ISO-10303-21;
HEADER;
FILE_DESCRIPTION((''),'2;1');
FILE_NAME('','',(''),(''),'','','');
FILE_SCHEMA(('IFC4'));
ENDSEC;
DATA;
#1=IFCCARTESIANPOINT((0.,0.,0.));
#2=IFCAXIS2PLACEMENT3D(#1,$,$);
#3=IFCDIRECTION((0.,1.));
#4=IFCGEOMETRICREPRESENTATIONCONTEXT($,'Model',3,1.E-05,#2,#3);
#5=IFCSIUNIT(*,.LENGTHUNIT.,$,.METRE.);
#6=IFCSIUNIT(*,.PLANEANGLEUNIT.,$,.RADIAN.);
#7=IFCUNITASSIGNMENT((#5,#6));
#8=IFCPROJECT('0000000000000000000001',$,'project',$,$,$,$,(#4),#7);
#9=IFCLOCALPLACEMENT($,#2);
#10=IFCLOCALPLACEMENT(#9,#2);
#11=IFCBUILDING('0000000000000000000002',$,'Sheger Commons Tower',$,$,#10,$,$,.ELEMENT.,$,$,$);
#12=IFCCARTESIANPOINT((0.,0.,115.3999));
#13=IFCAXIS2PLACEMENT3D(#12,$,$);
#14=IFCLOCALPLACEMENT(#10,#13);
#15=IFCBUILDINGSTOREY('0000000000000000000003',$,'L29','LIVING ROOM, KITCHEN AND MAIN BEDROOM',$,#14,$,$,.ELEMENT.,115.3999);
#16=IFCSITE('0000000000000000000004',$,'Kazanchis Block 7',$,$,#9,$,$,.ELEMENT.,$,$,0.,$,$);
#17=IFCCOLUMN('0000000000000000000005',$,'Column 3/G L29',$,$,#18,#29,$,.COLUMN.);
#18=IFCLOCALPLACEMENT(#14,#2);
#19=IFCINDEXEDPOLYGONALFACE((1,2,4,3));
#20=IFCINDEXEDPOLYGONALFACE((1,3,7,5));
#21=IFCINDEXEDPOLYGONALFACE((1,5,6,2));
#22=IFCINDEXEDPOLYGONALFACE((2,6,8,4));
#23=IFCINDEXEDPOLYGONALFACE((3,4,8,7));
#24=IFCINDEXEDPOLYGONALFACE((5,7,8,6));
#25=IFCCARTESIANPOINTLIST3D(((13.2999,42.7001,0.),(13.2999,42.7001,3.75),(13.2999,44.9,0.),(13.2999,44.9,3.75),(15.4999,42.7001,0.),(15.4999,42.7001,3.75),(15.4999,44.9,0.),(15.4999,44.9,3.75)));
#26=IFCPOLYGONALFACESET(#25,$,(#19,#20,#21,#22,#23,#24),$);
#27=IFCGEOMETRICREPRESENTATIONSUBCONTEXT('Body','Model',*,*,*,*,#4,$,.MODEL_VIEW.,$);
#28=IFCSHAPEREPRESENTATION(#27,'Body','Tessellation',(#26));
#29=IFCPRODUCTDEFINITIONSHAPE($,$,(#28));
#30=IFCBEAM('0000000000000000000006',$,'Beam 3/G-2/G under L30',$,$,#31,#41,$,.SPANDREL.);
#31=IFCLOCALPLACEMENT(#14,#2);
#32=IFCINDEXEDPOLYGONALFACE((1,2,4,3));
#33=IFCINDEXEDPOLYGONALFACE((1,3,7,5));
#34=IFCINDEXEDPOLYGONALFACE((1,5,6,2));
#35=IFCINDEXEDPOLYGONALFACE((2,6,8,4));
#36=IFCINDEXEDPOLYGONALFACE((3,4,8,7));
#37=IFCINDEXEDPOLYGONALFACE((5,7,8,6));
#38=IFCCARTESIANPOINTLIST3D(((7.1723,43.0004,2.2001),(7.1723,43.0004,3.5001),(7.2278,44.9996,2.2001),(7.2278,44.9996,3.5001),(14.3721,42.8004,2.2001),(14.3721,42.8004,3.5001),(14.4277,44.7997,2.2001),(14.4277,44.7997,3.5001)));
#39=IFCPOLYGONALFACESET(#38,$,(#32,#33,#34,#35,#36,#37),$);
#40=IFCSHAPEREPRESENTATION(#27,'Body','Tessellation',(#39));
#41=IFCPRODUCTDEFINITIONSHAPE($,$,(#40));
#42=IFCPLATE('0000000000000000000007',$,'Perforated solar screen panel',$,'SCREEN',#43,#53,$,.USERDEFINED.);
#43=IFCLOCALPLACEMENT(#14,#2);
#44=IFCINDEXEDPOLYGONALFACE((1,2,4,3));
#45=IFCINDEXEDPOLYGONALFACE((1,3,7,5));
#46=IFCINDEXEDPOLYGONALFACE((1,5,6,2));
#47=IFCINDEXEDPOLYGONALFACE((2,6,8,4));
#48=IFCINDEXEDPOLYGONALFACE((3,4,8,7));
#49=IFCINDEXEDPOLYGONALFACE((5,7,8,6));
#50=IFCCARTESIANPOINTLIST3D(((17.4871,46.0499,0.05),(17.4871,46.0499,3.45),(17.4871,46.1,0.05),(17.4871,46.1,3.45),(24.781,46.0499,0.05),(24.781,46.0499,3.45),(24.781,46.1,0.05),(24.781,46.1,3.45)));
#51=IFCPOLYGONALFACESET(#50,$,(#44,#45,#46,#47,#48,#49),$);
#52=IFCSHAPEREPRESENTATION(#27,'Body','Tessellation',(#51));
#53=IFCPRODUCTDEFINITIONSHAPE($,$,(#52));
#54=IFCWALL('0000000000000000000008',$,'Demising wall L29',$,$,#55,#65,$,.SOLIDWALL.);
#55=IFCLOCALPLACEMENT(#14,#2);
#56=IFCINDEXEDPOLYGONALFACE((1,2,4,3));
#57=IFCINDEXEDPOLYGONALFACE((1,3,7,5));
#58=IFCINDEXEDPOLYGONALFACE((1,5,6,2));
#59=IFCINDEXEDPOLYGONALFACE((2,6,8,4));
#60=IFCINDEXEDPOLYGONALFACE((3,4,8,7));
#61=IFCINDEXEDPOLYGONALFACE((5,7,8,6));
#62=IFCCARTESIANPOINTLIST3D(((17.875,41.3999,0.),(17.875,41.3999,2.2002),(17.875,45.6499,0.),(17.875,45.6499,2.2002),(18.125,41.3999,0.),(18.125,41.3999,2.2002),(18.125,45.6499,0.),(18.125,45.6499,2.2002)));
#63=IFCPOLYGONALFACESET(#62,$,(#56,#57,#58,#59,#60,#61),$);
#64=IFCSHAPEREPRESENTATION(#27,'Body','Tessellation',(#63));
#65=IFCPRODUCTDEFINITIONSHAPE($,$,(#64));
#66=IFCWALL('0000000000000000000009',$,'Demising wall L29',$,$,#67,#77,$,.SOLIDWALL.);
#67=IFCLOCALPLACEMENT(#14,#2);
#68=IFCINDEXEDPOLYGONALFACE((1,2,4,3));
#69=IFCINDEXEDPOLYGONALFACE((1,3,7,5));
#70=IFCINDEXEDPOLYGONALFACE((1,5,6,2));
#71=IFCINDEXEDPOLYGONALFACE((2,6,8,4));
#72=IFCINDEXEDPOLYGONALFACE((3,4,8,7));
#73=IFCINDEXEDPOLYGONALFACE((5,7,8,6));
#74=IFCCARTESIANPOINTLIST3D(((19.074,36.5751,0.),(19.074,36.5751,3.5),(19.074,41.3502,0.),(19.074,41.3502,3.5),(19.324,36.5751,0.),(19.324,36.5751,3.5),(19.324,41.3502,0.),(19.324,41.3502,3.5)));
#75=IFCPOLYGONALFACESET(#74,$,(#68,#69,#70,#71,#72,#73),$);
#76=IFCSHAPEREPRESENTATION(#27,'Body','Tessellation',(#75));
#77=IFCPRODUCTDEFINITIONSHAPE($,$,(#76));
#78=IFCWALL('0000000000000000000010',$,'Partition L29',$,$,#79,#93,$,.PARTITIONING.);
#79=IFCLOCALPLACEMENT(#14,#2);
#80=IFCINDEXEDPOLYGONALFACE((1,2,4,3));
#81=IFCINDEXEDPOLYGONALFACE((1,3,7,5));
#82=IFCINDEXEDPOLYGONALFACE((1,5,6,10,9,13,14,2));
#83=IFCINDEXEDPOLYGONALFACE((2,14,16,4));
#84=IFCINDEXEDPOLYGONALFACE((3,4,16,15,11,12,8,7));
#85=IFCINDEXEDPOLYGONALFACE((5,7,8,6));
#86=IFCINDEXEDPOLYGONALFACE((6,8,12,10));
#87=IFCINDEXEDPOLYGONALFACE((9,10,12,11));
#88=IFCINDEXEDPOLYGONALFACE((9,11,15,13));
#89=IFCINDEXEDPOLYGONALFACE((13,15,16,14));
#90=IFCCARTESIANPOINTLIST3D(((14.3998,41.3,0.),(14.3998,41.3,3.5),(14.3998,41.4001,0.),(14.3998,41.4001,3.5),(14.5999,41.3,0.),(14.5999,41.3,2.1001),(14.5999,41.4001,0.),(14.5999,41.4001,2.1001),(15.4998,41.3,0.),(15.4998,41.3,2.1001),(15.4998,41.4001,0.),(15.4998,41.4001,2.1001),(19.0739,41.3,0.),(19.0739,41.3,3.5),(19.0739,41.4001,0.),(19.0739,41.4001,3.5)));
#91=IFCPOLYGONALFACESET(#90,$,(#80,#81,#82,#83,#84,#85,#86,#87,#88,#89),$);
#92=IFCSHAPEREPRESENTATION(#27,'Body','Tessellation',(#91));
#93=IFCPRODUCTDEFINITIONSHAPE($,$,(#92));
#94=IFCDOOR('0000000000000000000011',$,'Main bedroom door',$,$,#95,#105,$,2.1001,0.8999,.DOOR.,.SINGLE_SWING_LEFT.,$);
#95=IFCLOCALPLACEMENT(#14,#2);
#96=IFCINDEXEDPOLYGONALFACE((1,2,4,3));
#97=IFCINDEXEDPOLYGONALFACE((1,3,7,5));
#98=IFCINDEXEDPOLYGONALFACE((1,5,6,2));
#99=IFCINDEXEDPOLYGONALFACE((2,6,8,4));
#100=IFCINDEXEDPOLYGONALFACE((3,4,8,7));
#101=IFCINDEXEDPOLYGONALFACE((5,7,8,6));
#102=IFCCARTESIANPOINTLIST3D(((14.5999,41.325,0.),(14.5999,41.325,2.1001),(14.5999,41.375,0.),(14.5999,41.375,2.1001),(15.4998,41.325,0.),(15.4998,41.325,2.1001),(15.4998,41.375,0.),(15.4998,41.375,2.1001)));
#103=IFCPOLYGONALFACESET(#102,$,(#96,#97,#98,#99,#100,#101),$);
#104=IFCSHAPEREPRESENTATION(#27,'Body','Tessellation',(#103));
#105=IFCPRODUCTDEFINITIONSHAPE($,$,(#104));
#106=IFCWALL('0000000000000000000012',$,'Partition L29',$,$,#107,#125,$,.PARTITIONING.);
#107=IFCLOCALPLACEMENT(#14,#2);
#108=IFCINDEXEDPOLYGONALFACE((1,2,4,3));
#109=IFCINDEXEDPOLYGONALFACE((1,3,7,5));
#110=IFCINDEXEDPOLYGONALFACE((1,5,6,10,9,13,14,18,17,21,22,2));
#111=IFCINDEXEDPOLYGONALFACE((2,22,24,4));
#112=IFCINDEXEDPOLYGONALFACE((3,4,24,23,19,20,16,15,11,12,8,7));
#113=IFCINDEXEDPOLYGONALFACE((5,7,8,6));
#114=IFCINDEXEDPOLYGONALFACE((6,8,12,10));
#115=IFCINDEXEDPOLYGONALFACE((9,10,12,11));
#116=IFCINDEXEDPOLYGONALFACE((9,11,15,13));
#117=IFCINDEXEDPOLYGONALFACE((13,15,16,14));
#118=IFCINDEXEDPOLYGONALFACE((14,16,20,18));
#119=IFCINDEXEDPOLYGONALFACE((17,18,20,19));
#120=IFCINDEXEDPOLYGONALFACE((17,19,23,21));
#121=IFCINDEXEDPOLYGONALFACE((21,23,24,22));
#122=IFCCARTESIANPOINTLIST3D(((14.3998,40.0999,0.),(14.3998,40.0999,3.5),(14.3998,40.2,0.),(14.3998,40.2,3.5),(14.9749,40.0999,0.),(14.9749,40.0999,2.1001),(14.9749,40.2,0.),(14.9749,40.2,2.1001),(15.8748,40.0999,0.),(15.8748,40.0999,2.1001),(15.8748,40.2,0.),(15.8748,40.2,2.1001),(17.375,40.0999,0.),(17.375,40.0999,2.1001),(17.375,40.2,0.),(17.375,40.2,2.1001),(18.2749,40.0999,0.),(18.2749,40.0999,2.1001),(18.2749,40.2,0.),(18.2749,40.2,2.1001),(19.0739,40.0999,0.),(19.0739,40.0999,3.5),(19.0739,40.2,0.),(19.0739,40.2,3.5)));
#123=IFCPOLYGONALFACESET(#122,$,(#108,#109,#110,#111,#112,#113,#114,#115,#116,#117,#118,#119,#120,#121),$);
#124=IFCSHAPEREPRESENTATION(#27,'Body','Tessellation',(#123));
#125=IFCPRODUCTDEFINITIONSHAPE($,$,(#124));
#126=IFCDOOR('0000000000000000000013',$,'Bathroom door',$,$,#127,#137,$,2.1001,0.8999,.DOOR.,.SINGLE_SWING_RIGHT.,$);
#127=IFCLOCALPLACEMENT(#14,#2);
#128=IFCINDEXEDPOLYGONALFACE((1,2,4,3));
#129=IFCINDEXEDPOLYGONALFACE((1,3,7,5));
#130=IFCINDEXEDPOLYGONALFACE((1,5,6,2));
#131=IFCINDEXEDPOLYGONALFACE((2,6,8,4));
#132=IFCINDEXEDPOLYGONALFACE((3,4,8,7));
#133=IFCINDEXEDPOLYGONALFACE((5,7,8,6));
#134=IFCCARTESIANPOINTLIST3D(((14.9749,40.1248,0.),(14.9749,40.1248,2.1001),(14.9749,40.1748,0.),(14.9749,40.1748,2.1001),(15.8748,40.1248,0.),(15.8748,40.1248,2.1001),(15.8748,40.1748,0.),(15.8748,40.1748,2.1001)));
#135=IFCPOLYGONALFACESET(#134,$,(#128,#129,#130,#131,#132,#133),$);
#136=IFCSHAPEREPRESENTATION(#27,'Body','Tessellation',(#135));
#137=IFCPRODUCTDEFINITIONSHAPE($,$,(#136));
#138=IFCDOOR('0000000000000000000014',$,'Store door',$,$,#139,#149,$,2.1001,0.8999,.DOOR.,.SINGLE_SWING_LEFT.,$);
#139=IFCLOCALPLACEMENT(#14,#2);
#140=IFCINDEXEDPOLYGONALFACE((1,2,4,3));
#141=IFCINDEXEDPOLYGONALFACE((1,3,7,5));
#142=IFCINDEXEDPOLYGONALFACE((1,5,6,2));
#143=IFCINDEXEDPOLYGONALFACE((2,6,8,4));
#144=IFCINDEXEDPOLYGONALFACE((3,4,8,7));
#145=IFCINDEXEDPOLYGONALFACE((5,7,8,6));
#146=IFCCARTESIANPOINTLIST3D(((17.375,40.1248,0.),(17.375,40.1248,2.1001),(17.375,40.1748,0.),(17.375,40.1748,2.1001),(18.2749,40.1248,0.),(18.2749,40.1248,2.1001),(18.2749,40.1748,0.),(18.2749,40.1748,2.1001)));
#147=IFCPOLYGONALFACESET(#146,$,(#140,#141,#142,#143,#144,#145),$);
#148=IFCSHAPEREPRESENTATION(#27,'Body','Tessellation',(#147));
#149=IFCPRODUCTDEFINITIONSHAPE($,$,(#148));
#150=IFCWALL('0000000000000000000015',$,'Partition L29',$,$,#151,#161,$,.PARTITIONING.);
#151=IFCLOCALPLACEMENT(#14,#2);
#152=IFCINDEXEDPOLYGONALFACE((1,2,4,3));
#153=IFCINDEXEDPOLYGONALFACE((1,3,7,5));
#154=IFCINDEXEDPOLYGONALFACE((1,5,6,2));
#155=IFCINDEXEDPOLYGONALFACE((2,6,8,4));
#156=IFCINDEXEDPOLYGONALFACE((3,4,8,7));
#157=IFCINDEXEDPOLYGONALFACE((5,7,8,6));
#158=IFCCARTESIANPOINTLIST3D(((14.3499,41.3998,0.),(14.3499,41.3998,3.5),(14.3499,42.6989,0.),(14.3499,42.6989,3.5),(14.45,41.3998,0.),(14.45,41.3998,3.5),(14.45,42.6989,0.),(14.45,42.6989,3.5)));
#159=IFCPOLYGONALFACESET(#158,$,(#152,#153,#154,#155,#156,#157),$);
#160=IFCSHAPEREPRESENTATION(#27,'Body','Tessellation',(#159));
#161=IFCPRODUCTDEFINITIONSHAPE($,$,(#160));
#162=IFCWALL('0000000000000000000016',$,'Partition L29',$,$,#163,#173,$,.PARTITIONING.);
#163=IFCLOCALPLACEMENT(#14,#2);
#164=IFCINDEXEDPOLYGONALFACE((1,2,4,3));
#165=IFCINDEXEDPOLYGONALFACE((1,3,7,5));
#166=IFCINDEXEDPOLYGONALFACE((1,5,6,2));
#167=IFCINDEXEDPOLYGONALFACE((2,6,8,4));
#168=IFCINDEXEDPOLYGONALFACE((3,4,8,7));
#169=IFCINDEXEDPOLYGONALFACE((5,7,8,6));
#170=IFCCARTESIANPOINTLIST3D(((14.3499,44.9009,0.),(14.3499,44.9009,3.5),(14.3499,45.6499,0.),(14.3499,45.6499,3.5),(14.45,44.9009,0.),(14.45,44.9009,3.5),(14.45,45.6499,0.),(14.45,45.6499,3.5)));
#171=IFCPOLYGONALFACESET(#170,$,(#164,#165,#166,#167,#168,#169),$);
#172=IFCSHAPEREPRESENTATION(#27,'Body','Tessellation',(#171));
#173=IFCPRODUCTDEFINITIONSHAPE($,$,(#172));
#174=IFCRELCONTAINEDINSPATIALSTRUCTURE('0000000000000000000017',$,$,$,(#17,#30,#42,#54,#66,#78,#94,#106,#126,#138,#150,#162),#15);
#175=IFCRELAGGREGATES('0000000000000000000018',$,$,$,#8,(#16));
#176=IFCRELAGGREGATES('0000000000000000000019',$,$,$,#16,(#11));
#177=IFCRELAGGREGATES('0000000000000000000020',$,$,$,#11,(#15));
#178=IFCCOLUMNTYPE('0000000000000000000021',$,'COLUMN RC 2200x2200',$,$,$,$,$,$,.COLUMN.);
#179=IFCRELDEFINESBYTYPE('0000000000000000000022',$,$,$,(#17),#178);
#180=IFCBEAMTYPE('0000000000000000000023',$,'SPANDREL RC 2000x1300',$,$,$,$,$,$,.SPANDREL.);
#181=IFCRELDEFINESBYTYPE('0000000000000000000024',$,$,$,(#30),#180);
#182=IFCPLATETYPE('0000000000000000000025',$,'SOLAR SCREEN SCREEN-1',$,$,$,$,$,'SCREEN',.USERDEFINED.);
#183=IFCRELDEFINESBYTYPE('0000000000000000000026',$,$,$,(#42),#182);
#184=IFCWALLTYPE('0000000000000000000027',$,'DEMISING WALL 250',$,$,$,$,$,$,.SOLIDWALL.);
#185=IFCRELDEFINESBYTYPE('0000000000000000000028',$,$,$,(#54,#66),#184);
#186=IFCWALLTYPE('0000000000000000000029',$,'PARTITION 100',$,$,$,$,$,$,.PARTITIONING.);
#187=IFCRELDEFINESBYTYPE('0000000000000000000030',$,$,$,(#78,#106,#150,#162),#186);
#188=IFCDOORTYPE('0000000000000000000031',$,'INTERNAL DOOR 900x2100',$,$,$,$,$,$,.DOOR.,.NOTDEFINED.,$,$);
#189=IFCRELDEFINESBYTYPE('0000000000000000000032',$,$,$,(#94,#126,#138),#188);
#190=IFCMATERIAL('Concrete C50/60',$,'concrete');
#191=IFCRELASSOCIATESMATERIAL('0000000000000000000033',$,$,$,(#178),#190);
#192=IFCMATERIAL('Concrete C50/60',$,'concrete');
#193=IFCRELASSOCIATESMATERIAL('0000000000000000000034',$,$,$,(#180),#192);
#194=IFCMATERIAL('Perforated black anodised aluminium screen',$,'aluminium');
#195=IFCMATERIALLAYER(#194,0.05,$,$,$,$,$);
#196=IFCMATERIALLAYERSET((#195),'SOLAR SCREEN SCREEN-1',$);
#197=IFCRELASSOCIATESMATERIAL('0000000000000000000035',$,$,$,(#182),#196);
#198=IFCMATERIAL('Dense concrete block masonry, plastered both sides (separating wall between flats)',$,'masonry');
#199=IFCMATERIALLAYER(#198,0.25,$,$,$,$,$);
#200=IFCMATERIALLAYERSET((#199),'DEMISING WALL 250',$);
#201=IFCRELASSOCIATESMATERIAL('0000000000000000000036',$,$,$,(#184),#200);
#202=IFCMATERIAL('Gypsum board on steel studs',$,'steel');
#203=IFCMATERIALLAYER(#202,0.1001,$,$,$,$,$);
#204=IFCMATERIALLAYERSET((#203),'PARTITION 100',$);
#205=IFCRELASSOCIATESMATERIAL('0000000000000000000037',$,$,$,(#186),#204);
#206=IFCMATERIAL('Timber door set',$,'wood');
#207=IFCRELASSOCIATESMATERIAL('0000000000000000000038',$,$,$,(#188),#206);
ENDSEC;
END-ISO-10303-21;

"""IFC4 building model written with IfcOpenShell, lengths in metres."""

from ifc_helpers import new_model, si_unit, direction, frame, frame_2d, origin, origin_2d, place, context, subcontext, project, spatial, rectangle, extrude, material, layer, layer_set, material_profile, profile_set, type_object, element, fill, save


model = new_model("IFC4")

# Units and contexts
model_context = context("Model", 3, precision=1e-05, world=origin(), true_north=direction((0.0, 1.0)))
body_context = subcontext(model_context, "Body", "Model", "MODEL_VIEW")
ifc_project = project(units=[si_unit("LENGTHUNIT", "METRE"), si_unit("PLANEANGLEUNIT", "RADIAN")], contexts=[model_context])

# Site, building, storey
site_placement = place(None, origin())
site = spatial("IfcSite", under=ifc_project, at=site_placement, Name="Kazanchis Block 7", CompositionType="ELEMENT", RefElevation=0.0)
building_placement = place(site_placement, origin())
building = spatial("IfcBuilding", under=site, at=building_placement, Name="Sheger Commons Tower", CompositionType="ELEMENT")
storey_placement = place(building_placement, frame((0.0, 0.0, 115.3999)))
storey = spatial("IfcBuildingStorey", under=building, at=storey_placement, Name="L29", Description="LIVING ROOM, KITCHEN AND MAIN BEDROOM", CompositionType="ELEMENT", Elevation=115.3999)

# Column
ifc_material_1 = material(Name="Concrete C50/60", Category="concrete")
ifc_material_profile_1 = material_profile(ifc_material_1, rectangle(XDim=2.2, YDim=2.2, at=origin_2d()), Name="RC 2200x2200")
ifc_profile_set_1 = profile_set([ifc_material_profile_1], Name="Concrete C50/60")
column_type = type_object("IfcColumnType", Name="COLUMN RC 2200x2200", PredefinedType="COLUMN", material=ifc_profile_set_1)
column_placement = place(storey_placement, frame((14.3999, 43.8, 0.0), z_axis=(0.0, 0.0, 1.0), x_axis=(1.0, 0.0, 0.0)))
element("IfcColumn", 1, at=column_placement, inside=storey, type_object=column_type, Name="Column 3/G L29", PredefinedType="COLUMN", context=body_context, shape_type="SweptSolid", body=[
    extrude(rectangle(XDim=2.2, YDim=2.2, at=origin_2d()), origin(), (0.0, 0.0, 1.0), 3.75),
])

# Beam
ifc_material_2 = material(Name="Concrete C50/60", Category="concrete")
ifc_material_profile_2 = material_profile(ifc_material_2, rectangle(XDim=2.0, YDim=1.3, at=origin_2d()), Name="RC 2000x1300")
ifc_profile_set_2 = profile_set([ifc_material_profile_2], Name="Concrete C50/60")
beam_type = type_object("IfcBeamType", Name="SPANDREL RC 2000x1300", PredefinedType="SPANDREL", material=ifc_profile_set_2)
beam_placement = place(storey_placement, frame((14.3999, 43.8, 2.8501), z_axis=(-0.999615, 0.02776, 0.0), x_axis=(-0.02776, -0.999615, 0.0)))
element("IfcBeam", 2, at=beam_placement, inside=storey, type_object=beam_type, Name="Beam 3/G-2/G under L30", PredefinedType="SPANDREL", context=body_context, shape_type="SweptSolid", body=[
    extrude(rectangle(XDim=2.0, YDim=1.3, at=origin_2d()), origin(), (0.0, 0.0, 1.0), 7.2026),
])

# Plate
ifc_material_3 = material(Name="Perforated black anodised aluminium screen", Category="aluminium")
ifc_layer_1 = layer(ifc_material_3, 0.05)
ifc_layer_set_1 = layer_set([ifc_layer_1], Name="SOLAR SCREEN SCREEN-1")
plate_type = type_object("IfcPlateType", Name="SOLAR SCREEN SCREEN-1", ElementType="SCREEN", PredefinedType="USERDEFINED", material=ifc_layer_set_1)
plate_placement = place(storey_placement, frame((21.134, 46.075, 0.05), z_axis=(0.0, 0.0, 1.0), x_axis=(-1.0, 0.0, 0.0)))
element("IfcPlate", 3, at=plate_placement, inside=storey, type_object=plate_type, Name="Perforated solar screen panel", ObjectType="SCREEN", PredefinedType="USERDEFINED", context=body_context, shape_type="SweptSolid", body=[
    extrude(rectangle(XDim=7.2939, YDim=0.05, at=origin_2d()), origin(), (0.0, 0.0, 1.0), 3.3999),
])

# Walls
ifc_material_4 = material(Name="Dense concrete block masonry, plastered both sides (separating wall between flats)", Category="masonry")
ifc_layer_2 = layer(ifc_material_4, 0.25)
ifc_layer_set_2 = layer_set([ifc_layer_2], Name="DEMISING WALL 250")
wall_type_1 = type_object("IfcWallType", Name="DEMISING WALL 250", PredefinedType="SOLIDWALL", material=ifc_layer_set_2)
wall_1_placement = place(storey_placement, frame((18.0, 41.3999, 0.0), z_axis=(0.0, 0.0, 1.0), x_axis=(0.0, 1.0, 0.0)))
element("IfcWall", 4, at=wall_1_placement, inside=storey, type_object=wall_type_1, Name="Demising wall L29", PredefinedType="SOLIDWALL", context=body_context, shape_type="SweptSolid", body=[
    extrude(rectangle(XDim=4.25, YDim=0.25, at=frame_2d((2.125, 0.0))), origin(), (0.0, 0.0, 1.0), 2.2002),
])
wall_2_placement = place(storey_placement, frame((19.199, 36.575, 0.0), z_axis=(0.0, 0.0, 1.0), x_axis=(0.0, 1.0, 0.0)))
element("IfcWall", 5, at=wall_2_placement, inside=storey, type_object=wall_type_1, Name="Demising wall L29", PredefinedType="SOLIDWALL", context=body_context, shape_type="SweptSolid", body=[
    extrude(rectangle(XDim=4.7751, YDim=0.25, at=frame_2d((2.3877, 0.0))), origin(), (0.0, 0.0, 1.0), 3.5),
])

# Wall, opening, door
ifc_material_5 = material(Name="Gypsum board on steel studs", Category="steel")
ifc_layer_3 = layer(ifc_material_5, 0.1001)
ifc_layer_set_3 = layer_set([ifc_layer_3], Name="PARTITION 100")
wall_type_2 = type_object("IfcWallType", Name="PARTITION 100", PredefinedType="PARTITIONING", material=ifc_layer_set_3)
wall_3_placement = place(storey_placement, frame((14.3999, 41.3501, 0.0), z_axis=(0.0, 0.0, 1.0), x_axis=(1.0, 0.0, 0.0)))
wall_3 = element("IfcWall", 6, at=wall_3_placement, inside=storey, type_object=wall_type_2, Name="Partition L29", PredefinedType="PARTITIONING", context=body_context, shape_type="SweptSolid", body=[
    extrude(rectangle(XDim=4.6741, YDim=0.1001, at=frame_2d((2.3369, 0.0))), origin(), (0.0, 0.0, 1.0), 3.5),
])
opening_1_placement = place(wall_3_placement, frame((0.2, 0.0, 0.0)))
opening_1 = element("IfcOpeningElement", 7, at=opening_1_placement, cuts=wall_3, PredefinedType="OPENING", context=body_context, shape_type="SweptSolid", body=[
    extrude(rectangle(XDim=0.8999, YDim=2.1001, at=frame_2d((0.45, 1.05))), frame((0.0, 0.0601, 0.0), z_axis=(0.0, -1.0, 0.0), x_axis=(1.0, 0.0, 0.0)), (0.0, 0.0, 1.0), 0.1201),
])
ifc_material_6 = material(Name="Timber door set", Category="wood")
door_type_1 = type_object("IfcDoorType", Name="INTERNAL DOOR 900x2100", OperationType="NOTDEFINED", PredefinedType="DOOR", material=ifc_material_6)
door_1_placement = place(opening_1_placement, origin())
door_1 = element("IfcDoor", 8, at=door_1_placement, inside=storey, type_object=door_type_1, Name="Main bedroom door", OperationType="SINGLE_SWING_LEFT", OverallHeight=2.1001, OverallWidth=0.8999, PredefinedType="DOOR", context=body_context, shape_type="SweptSolid", body=[
    extrude(rectangle(XDim=0.8999, YDim=2.1001, at=frame_2d((0.45, 1.05))), frame((0.0, 0.0249, 0.0), z_axis=(0.0, -1.0, 0.0), x_axis=(1.0, 0.0, 0.0)), (0.0, 0.0, 1.0), 0.05),
])
fill(opening_1, door_1)

# Wall, openings, doors
wall_4_placement = place(storey_placement, frame((14.3999, 40.1499, 0.0), z_axis=(0.0, 0.0, 1.0), x_axis=(1.0, 0.0, 0.0)))
wall_4 = element("IfcWall", 9, at=wall_4_placement, inside=storey, type_object=wall_type_2, Name="Partition L29", PredefinedType="PARTITIONING", context=body_context, shape_type="SweptSolid", body=[
    extrude(rectangle(XDim=4.6741, YDim=0.1001, at=frame_2d((2.3369, 0.0))), origin(), (0.0, 0.0, 1.0), 3.5),
])
opening_2_placement = place(wall_4_placement, frame((0.575, 0.0, 0.0)))
opening_2 = element("IfcOpeningElement", 10, at=opening_2_placement, cuts=wall_4, PredefinedType="OPENING", context=body_context, shape_type="SweptSolid", body=[
    extrude(rectangle(XDim=0.8999, YDim=2.1001, at=frame_2d((0.45, 1.05))), frame((0.0, 0.0601, 0.0), z_axis=(0.0, -1.0, 0.0), x_axis=(1.0, 0.0, 0.0)), (0.0, 0.0, 1.0), 0.1201),
])
opening_3_placement = place(wall_4_placement, frame((2.9751, 0.0, 0.0)))
opening_3 = element("IfcOpeningElement", 11, at=opening_3_placement, cuts=wall_4, PredefinedType="OPENING", context=body_context, shape_type="SweptSolid", body=[
    extrude(rectangle(XDim=0.8999, YDim=2.1001, at=frame_2d((0.45, 1.05))), frame((0.0, 0.0601, 0.0), z_axis=(0.0, -1.0, 0.0), x_axis=(1.0, 0.0, 0.0)), (0.0, 0.0, 1.0), 0.1201),
])
door_2_placement = place(opening_2_placement, origin())
door_2 = element("IfcDoor", 12, at=door_2_placement, inside=storey, type_object=door_type_1, Name="Bathroom door", OperationType="SINGLE_SWING_RIGHT", OverallHeight=2.1001, OverallWidth=0.8999, PredefinedType="DOOR", context=body_context, shape_type="SweptSolid", body=[
    extrude(rectangle(XDim=0.8999, YDim=2.1001, at=frame_2d((0.45, 1.05))), frame((0.0, 0.0249, 0.0), z_axis=(0.0, -1.0, 0.0), x_axis=(1.0, 0.0, 0.0)), (0.0, 0.0, 1.0), 0.05),
])
fill(opening_2, door_2)
door_3_placement = place(opening_3_placement, origin())
door_3 = element("IfcDoor", 13, at=door_3_placement, inside=storey, type_object=door_type_1, Name="Store door", OperationType="SINGLE_SWING_LEFT", OverallHeight=2.1001, OverallWidth=0.8999, PredefinedType="DOOR", context=body_context, shape_type="SweptSolid", body=[
    extrude(rectangle(XDim=0.8999, YDim=2.1001, at=frame_2d((0.45, 1.05))), frame((0.0, 0.0249, 0.0), z_axis=(0.0, -1.0, 0.0), x_axis=(1.0, 0.0, 0.0)), (0.0, 0.0, 1.0), 0.05),
])
fill(opening_3, door_3)

# Walls
wall_5_placement = place(storey_placement, frame((14.3999, 41.3999, 0.0), z_axis=(0.0, 0.0, 1.0), x_axis=(0.0, 1.0, 0.0)))
element("IfcWall", 14, at=wall_5_placement, inside=storey, type_object=wall_type_2, Name="Partition L29", PredefinedType="PARTITIONING", context=body_context, shape_type="SweptSolid", body=[
    extrude(rectangle(XDim=1.2991, YDim=0.1001, at=frame_2d((0.6494, 0.0))), origin(), (0.0, 0.0, 1.0), 3.5),
])
wall_6_placement = place(storey_placement, frame((14.3999, 44.9009, 0.0), z_axis=(0.0, 0.0, 1.0), x_axis=(0.0, 1.0, 0.0)))
element("IfcWall", 15, at=wall_6_placement, inside=storey, type_object=wall_type_2, Name="Partition L29", PredefinedType="PARTITIONING", context=body_context, shape_type="SweptSolid", body=[
    extrude(rectangle(XDim=0.749, YDim=0.1001, at=frame_2d((0.3745, 0.0))), origin(), (0.0, 0.0, 1.0), 3.5),
])

save(model, "model.ifc")
